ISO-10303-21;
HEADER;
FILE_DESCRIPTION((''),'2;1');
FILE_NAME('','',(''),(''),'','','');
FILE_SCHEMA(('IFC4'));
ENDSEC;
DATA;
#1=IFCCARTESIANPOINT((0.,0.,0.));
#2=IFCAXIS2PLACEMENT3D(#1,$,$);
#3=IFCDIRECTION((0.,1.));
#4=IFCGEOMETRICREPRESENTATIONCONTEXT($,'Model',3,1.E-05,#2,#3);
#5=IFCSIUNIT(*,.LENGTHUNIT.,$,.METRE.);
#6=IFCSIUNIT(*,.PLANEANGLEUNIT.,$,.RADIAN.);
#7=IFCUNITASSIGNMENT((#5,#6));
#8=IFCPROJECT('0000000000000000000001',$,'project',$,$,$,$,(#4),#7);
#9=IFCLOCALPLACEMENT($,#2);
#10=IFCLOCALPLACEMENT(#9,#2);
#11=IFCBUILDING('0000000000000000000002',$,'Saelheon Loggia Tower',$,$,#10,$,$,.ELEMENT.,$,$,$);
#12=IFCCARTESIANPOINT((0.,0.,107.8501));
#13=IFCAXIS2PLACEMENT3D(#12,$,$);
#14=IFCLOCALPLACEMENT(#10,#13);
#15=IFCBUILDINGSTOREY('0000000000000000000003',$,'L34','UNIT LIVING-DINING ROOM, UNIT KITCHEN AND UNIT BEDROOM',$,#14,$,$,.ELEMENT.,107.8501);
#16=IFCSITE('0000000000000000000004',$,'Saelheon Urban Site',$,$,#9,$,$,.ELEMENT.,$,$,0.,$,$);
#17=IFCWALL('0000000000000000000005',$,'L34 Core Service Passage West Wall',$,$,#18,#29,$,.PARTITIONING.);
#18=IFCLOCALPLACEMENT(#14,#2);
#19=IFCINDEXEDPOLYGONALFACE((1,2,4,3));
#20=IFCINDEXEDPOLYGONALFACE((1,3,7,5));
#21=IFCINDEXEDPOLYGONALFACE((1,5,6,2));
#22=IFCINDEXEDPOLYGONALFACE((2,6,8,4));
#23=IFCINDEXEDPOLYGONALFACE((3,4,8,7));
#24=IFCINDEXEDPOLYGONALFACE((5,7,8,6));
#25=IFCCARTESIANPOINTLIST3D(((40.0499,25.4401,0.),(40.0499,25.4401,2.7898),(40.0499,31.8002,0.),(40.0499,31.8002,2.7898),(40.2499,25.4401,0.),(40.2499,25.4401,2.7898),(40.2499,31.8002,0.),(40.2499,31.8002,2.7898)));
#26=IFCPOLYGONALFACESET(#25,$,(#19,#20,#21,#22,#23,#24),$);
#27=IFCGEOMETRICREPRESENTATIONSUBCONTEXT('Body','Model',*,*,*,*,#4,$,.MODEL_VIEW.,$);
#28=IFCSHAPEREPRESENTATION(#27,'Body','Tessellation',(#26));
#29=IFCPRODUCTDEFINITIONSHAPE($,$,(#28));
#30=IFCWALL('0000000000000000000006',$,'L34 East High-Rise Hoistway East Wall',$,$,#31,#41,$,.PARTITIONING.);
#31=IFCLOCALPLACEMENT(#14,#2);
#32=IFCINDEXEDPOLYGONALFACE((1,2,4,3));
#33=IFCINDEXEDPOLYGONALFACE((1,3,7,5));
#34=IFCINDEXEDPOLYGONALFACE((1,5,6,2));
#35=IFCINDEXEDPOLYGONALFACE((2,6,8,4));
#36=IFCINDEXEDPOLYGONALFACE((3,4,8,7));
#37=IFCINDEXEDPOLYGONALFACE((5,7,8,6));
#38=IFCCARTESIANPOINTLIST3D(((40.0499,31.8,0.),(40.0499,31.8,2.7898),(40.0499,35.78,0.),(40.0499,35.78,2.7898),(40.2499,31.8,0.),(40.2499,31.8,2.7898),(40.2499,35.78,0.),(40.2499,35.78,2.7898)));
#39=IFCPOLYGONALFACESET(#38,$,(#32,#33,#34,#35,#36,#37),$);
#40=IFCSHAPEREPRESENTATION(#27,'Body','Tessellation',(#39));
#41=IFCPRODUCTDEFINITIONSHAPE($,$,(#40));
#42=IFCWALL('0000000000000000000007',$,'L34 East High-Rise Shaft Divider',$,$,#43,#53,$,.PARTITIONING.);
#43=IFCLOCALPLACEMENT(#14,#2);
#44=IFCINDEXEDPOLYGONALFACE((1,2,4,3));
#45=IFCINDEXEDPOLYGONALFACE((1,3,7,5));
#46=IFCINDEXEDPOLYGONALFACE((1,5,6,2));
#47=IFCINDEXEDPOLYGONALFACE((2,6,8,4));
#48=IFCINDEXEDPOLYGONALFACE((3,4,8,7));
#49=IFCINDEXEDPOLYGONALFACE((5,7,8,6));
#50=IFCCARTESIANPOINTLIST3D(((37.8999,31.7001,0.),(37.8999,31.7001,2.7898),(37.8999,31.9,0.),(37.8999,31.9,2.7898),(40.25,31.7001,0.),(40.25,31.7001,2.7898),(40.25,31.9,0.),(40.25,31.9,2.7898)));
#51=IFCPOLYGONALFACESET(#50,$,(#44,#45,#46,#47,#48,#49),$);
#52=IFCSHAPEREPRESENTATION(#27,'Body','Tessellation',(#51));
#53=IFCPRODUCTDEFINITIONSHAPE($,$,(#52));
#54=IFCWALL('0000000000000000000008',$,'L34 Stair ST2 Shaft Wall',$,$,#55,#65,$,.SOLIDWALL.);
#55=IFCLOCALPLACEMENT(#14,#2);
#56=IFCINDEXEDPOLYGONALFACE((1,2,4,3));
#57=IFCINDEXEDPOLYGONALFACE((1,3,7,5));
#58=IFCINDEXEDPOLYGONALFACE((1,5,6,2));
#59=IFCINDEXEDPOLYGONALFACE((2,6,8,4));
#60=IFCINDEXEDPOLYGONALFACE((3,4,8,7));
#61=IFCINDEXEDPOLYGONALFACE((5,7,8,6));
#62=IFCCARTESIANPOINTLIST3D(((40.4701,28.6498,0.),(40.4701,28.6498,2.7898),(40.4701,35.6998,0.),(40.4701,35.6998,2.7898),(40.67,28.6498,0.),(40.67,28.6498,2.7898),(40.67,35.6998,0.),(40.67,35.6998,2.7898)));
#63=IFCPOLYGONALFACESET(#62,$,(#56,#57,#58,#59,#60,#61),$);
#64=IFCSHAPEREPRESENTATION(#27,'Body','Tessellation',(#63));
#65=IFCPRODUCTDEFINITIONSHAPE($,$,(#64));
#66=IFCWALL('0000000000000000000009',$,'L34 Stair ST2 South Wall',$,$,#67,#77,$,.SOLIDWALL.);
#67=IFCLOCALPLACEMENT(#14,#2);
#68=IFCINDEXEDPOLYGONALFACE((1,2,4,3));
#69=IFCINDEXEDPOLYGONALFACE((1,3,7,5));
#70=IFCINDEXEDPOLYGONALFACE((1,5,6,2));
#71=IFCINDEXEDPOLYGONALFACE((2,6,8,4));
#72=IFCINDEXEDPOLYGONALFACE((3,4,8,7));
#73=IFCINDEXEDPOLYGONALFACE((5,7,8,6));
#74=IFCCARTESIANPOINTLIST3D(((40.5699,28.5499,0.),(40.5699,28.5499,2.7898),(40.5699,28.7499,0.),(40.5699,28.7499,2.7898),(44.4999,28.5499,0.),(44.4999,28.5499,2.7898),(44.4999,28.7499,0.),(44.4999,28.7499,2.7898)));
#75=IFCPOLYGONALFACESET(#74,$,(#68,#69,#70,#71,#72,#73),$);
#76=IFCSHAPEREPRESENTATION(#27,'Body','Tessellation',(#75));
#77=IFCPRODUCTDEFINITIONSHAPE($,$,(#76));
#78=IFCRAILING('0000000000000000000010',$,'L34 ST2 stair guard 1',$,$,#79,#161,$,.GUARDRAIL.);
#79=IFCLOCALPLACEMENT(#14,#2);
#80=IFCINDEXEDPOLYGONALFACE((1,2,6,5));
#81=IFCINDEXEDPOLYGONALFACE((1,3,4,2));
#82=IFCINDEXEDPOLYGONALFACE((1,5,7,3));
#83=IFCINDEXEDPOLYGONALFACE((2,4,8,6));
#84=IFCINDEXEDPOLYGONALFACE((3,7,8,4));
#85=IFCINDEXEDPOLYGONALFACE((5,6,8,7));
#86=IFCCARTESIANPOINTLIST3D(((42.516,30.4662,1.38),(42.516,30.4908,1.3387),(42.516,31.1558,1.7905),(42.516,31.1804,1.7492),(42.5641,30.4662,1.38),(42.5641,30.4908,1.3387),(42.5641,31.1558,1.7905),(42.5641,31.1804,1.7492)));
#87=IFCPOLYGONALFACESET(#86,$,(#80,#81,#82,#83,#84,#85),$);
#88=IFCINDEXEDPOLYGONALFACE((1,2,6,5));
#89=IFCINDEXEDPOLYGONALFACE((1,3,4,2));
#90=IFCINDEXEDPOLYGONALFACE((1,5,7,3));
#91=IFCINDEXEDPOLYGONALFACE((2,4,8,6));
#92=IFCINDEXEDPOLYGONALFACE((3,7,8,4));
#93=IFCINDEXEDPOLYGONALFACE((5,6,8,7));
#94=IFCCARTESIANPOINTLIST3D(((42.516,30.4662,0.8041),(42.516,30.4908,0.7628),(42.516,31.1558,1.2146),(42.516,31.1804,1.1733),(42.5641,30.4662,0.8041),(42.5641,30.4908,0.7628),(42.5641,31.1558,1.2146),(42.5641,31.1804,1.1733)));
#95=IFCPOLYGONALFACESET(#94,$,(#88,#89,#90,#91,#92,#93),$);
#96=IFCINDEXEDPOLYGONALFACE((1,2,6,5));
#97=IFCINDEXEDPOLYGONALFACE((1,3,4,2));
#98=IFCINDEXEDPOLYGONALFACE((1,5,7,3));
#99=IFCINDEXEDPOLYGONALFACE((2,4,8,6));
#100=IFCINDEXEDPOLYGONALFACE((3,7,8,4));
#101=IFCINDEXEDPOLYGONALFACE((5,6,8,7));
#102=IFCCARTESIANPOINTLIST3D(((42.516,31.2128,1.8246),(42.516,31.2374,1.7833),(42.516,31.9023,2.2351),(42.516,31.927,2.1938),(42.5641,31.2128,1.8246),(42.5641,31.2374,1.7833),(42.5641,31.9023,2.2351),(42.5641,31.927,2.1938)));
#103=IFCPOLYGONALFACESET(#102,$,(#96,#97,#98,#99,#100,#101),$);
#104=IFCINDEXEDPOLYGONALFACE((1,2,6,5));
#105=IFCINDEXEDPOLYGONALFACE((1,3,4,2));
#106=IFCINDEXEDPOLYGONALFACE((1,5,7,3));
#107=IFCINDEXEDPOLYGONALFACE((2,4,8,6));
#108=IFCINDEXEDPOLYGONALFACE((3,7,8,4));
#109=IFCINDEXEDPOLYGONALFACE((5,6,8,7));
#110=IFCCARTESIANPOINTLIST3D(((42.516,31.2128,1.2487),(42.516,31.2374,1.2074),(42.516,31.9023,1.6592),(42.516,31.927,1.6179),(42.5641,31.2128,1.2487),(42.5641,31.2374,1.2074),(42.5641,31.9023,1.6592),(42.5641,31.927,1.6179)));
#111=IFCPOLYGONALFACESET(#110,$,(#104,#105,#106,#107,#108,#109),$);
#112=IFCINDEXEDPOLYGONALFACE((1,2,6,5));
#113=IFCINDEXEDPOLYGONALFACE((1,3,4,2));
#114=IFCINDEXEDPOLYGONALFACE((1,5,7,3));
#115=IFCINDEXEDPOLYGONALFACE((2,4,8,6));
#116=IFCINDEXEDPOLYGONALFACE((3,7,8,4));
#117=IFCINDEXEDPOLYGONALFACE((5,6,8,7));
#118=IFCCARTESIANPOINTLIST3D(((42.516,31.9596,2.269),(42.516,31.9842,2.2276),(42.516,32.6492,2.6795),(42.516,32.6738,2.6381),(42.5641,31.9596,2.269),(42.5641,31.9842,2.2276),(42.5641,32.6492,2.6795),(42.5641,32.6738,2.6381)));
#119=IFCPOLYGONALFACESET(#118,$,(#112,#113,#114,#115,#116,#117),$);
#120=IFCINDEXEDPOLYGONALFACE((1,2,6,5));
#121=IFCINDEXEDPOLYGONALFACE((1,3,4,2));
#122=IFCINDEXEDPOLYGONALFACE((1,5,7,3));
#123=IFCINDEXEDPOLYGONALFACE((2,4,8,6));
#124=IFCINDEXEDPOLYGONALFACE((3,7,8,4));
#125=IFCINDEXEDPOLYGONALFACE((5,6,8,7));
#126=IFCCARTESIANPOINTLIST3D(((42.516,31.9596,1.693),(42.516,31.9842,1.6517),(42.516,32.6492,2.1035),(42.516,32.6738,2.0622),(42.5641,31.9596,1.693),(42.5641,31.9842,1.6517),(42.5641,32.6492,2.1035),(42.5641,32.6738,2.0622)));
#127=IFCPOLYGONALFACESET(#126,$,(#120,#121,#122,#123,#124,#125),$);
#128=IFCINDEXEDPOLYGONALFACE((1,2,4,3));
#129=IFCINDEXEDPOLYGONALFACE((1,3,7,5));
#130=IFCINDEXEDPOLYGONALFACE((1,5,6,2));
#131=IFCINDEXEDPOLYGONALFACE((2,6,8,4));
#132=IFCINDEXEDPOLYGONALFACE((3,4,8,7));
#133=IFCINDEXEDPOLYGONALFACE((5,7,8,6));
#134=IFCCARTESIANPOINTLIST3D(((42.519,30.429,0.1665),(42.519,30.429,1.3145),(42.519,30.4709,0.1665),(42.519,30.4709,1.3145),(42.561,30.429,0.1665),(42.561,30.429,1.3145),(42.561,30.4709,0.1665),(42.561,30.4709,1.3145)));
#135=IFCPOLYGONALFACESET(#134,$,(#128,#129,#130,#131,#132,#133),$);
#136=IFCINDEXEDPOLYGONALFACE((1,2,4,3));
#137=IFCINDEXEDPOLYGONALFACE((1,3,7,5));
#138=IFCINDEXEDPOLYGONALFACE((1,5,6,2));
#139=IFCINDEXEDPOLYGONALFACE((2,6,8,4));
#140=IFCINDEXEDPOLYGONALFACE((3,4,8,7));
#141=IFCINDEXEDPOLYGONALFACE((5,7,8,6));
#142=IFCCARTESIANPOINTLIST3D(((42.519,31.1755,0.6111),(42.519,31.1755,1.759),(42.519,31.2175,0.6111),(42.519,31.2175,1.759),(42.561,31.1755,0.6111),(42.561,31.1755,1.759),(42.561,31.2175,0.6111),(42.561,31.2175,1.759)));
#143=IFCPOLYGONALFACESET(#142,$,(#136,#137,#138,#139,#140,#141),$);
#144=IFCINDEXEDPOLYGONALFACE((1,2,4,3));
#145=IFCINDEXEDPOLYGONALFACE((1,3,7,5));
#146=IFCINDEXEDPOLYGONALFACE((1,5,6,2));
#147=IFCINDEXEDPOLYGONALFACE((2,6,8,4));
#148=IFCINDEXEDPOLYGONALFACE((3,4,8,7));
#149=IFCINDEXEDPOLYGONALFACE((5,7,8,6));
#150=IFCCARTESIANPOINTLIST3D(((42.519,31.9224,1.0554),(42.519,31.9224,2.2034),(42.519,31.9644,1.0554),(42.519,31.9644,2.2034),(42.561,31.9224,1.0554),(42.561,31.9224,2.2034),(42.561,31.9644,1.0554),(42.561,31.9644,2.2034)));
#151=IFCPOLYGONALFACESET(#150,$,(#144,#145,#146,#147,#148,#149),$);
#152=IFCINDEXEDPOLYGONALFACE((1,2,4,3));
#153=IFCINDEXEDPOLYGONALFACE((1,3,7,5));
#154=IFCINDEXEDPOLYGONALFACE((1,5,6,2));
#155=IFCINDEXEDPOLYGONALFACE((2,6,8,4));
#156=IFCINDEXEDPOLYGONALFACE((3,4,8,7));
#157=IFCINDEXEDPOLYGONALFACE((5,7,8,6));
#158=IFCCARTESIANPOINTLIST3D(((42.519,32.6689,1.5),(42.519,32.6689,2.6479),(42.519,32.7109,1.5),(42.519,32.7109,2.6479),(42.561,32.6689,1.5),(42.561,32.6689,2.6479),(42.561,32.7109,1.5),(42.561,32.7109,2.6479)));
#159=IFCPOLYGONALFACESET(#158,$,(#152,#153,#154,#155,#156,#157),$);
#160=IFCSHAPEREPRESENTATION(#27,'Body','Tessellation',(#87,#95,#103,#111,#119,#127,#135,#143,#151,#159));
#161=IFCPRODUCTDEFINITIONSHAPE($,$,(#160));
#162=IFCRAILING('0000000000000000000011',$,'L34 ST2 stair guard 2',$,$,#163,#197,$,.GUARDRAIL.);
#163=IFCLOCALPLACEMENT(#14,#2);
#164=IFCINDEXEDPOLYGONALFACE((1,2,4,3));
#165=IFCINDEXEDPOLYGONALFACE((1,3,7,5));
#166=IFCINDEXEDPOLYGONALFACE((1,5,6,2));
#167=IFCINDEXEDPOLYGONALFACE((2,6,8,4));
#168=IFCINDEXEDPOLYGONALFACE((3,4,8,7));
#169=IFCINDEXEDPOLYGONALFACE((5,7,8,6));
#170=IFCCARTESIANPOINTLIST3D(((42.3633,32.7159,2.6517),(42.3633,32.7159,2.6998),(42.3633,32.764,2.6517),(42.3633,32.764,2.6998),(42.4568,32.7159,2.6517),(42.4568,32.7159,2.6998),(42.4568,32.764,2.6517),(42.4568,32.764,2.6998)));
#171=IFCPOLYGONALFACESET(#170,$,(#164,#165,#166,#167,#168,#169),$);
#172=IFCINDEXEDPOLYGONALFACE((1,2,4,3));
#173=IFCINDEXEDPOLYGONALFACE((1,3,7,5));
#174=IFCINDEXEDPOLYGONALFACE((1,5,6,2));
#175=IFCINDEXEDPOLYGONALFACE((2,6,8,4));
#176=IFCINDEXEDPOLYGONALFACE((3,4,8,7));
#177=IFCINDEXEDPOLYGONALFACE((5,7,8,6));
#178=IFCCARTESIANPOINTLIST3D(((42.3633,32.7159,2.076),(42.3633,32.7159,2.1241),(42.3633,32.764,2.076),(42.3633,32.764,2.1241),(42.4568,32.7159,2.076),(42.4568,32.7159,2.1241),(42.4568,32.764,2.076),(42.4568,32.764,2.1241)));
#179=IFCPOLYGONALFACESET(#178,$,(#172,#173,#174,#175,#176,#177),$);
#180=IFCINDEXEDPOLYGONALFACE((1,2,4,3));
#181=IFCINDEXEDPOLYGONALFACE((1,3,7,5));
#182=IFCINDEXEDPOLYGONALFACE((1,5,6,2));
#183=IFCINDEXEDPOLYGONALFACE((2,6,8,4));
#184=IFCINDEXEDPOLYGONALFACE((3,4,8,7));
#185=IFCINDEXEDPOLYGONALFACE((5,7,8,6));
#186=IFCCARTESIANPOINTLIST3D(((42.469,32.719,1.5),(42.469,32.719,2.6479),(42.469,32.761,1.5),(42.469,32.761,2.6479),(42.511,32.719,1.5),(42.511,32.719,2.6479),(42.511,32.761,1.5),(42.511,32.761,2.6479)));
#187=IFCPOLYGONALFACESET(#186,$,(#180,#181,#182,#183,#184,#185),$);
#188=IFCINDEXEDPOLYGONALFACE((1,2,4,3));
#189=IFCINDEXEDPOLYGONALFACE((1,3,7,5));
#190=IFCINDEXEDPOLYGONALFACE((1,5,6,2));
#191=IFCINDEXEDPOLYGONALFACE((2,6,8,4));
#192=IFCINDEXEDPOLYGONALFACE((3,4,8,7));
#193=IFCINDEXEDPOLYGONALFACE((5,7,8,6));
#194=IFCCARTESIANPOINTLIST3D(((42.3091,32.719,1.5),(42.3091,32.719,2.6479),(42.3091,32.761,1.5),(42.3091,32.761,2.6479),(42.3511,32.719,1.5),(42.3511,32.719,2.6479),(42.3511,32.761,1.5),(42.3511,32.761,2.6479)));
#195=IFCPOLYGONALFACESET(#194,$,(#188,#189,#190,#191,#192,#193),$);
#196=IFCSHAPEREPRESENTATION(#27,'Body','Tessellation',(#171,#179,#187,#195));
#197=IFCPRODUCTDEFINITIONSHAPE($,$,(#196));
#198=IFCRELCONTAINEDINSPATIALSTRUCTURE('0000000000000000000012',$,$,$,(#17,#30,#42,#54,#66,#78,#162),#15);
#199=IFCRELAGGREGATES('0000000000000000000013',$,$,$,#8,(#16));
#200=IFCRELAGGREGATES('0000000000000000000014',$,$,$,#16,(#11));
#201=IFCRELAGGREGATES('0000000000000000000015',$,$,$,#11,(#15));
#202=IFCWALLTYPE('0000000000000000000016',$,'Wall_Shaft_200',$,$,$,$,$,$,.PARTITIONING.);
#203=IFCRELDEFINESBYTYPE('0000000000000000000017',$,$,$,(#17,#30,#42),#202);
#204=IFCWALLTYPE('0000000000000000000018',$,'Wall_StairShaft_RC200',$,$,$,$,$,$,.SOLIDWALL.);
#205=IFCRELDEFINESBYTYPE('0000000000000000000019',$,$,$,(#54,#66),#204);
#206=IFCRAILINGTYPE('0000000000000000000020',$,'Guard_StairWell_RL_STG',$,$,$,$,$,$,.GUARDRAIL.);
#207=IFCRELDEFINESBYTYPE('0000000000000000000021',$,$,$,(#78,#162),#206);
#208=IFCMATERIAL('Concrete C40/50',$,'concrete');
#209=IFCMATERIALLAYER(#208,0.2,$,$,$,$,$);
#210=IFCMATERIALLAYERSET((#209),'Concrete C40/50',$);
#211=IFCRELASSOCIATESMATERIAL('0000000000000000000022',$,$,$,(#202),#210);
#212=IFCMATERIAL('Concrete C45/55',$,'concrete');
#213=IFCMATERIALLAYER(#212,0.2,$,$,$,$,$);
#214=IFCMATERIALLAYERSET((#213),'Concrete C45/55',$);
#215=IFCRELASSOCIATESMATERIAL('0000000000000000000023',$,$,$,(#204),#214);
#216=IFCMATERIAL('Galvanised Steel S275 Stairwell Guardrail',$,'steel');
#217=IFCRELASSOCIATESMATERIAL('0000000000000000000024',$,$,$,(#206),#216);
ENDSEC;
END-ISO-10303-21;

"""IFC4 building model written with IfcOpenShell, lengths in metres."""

from ifc_helpers import new_model, si_unit, direction, frame, frame_2d, origin, origin_2d, place, context, subcontext, project, spatial, rectangle, extrude, material, layer, layer_set, type_object, element, save


model = new_model("IFC4")

# Units and contexts
model_context = context("Model", 3, precision=1e-05, world=origin(), true_north=direction((0.0, 1.0)))
body_context = subcontext(model_context, "Body", "Model", "MODEL_VIEW")
ifc_project = project(units=[si_unit("LENGTHUNIT", "METRE"), si_unit("PLANEANGLEUNIT", "RADIAN")], contexts=[model_context])

# Site, building, storey
site_placement = place(None, origin())
site = spatial("IfcSite", under=ifc_project, at=site_placement, Name="Saelheon Urban Site", CompositionType="ELEMENT", RefElevation=0.0)
building_placement = place(site_placement, origin())
building = spatial("IfcBuilding", under=site, at=building_placement, Name="Saelheon Loggia Tower", CompositionType="ELEMENT")
storey_placement = place(building_placement, frame((0.0, 0.0, 107.8501)))
storey = spatial("IfcBuildingStorey", under=building, at=storey_placement, Name="L34", Description="UNIT LIVING-DINING ROOM, UNIT KITCHEN AND UNIT BEDROOM", CompositionType="ELEMENT", Elevation=107.8501)

# Walls
ifc_material_1 = material(Name="Concrete C40/50", Category="concrete")
ifc_layer_1 = layer(ifc_material_1, 0.2)
ifc_layer_set_1 = layer_set([ifc_layer_1], Name="Concrete C40/50")
wall_type_1 = type_object("IfcWallType", Name="Wall_Shaft_200", PredefinedType="PARTITIONING", material=ifc_layer_set_1)
wall_1_placement = place(storey_placement, frame((40.1499, 25.4399, 0.0), z_axis=(0.0, 0.0, 1.0), x_axis=(0.0, 1.0, 0.0)))
element("IfcWall", 1, at=wall_1_placement, inside=storey, type_object=wall_type_1, Name="L34 Core Service Passage West Wall", PredefinedType="PARTITIONING", context=body_context, shape_type="SweptSolid", body=[
    extrude(rectangle(XDim=6.3601, YDim=0.2, at=frame_2d((3.1802, 0.0))), origin(), (0.0, 0.0, 1.0), 2.7898),
])
wall_2_placement = place(storey_placement, frame((40.1499, 31.8, 0.0), z_axis=(0.0, 0.0, 1.0), x_axis=(0.0, 1.0, 0.0)))
element("IfcWall", 2, at=wall_2_placement, inside=storey, type_object=wall_type_1, Name="L34 East High-Rise Hoistway East Wall", PredefinedType="PARTITIONING", context=body_context, shape_type="SweptSolid", body=[
    extrude(rectangle(XDim=3.98, YDim=0.2, at=frame_2d((1.99, 0.0))), origin(), (0.0, 0.0, 1.0), 2.7898),
])

# Walls
wall_3_placement = place(storey_placement, frame((37.8999, 31.8, 0.0), z_axis=(0.0, 0.0, 1.0), x_axis=(1.0, 0.0, 0.0)))
element("IfcWall", 3, at=wall_3_placement, inside=storey, type_object=wall_type_1, Name="L34 East High-Rise Shaft Divider", PredefinedType="PARTITIONING", context=body_context, shape_type="SweptSolid", body=[
    extrude(rectangle(XDim=2.3501, YDim=0.2, at=frame_2d((1.175, 0.0))), origin(), (0.0, 0.0, 1.0), 2.7898),
])
ifc_material_2 = material(Name="Concrete C45/55", Category="concrete")
ifc_layer_2 = layer(ifc_material_2, 0.2)
ifc_layer_set_2 = layer_set([ifc_layer_2], Name="Concrete C45/55")
wall_type_2 = type_object("IfcWallType", Name="Wall_StairShaft_RC200", PredefinedType="SOLIDWALL", material=ifc_layer_set_2)
wall_4_placement = place(storey_placement, frame((40.5701, 28.6499, 0.0), z_axis=(0.0, 0.0, 1.0), x_axis=(0.0, 1.0, 0.0)))
element("IfcWall", 4, at=wall_4_placement, inside=storey, type_object=wall_type_2, Name="L34 Stair ST2 Shaft Wall", PredefinedType="SOLIDWALL", context=body_context, shape_type="SweptSolid", body=[
    extrude(rectangle(XDim=7.05, YDim=0.2, at=frame_2d((3.5249, 0.0))), origin(), (0.0, 0.0, 1.0), 2.7898),
])
wall_5_placement = place(storey_placement, frame((40.5701, 28.6499, 0.0), z_axis=(0.0, 0.0, 1.0), x_axis=(1.0, 0.0, 0.0)))
element("IfcWall", 5, at=wall_5_placement, inside=storey, type_object=wall_type_2, Name="L34 Stair ST2 South Wall", PredefinedType="SOLIDWALL", context=body_context, shape_type="SweptSolid", body=[
    extrude(rectangle(XDim=3.9299, YDim=0.2, at=frame_2d((1.9648, 0.0))), origin(), (0.0, 0.0, 1.0), 2.7898),
])

# Railings
ifc_material_3 = material(Name="Galvanised Steel S275 Stairwell Guardrail", Category="steel")
railing_type_1 = type_object("IfcRailingType", Name="Guard_StairWell_RL_STG", PredefinedType="GUARDRAIL", material=ifc_material_3)
railing_1_placement = place(storey_placement, frame((42.54, 30.45, 0.1665)))
element("IfcRailing", 6, at=railing_1_placement, inside=storey, type_object=railing_type_1, Name="L34 ST2 stair guard 1", PredefinedType="GUARDRAIL", context=body_context, shape_type="SweptSolid", body=[
    extrude(rectangle(XDim=0.0481, YDim=0.0481, at=origin_2d()), frame((0.0, 0.0286, 1.1929), z_axis=(0.0, 0.859264, 0.511532), x_axis=(-1.0, 0.0, 0.0)), (0.0, 0.0, 1.0), 0.8025),
    extrude(rectangle(XDim=0.0481, YDim=0.0481, at=origin_2d()), frame((0.0, 0.0286, 0.6169), z_axis=(0.0, 0.859264, 0.511532), x_axis=(-1.0, 0.0, 0.0)), (0.0, 0.0, 1.0), 0.8025),
    extrude(rectangle(XDim=0.0481, YDim=0.0481, at=origin_2d()), frame((0.0, 0.7751, 1.6375), z_axis=(0.0, 0.859264, 0.511532), x_axis=(-1.0, 0.0, 0.0)), (0.0, 0.0, 1.0), 0.8025),
    extrude(rectangle(XDim=0.0481, YDim=0.0481, at=origin_2d()), frame((0.0, 0.7751, 1.0615), z_axis=(0.0, 0.859264, 0.511532), x_axis=(-1.0, 0.0, 0.0)), (0.0, 0.0, 1.0), 0.8025),
    extrude(rectangle(XDim=0.0481, YDim=0.0481, at=origin_2d()), frame((0.0, 1.522, 2.0818), z_axis=(0.0, 0.859264, 0.511532), x_axis=(-1.0, 0.0, 0.0)), (0.0, 0.0, 1.0), 0.8025),
    extrude(rectangle(XDim=0.0481, YDim=0.0481, at=origin_2d()), frame((0.0, 1.522, 1.5059), z_axis=(0.0, 0.859264, 0.511532), x_axis=(-1.0, 0.0, 0.0)), (0.0, 0.0, 1.0), 0.8025),
    extrude(rectangle(XDim=0.042, YDim=0.042, at=origin_2d()), origin(), (0.0, 0.0, 1.0), 1.1479),
    extrude(rectangle(XDim=0.042, YDim=0.042, at=origin_2d()), frame((0.0, 0.7466, 0.4446)), (0.0, 0.0, 1.0), 1.1479),
    extrude(rectangle(XDim=0.042, YDim=0.042, at=origin_2d()), frame((0.0, 1.4934, 0.8889)), (0.0, 0.0, 1.0), 1.1479),
    extrude(rectangle(XDim=0.042, YDim=0.042, at=origin_2d()), frame((0.0, 2.24, 1.3335)), (0.0, 0.0, 1.0), 1.1479),
])
railing_2_placement = place(storey_placement, frame((42.49, 32.74, 1.5)))
element("IfcRailing", 7, at=railing_2_placement, inside=storey, type_object=railing_type_1, Name="L34 ST2 stair guard 2", PredefinedType="GUARDRAIL", context=body_context, shape_type="SweptSolid", body=[
    extrude(rectangle(XDim=0.0481, YDim=0.0481, at=origin_2d()), frame((-0.0332, 0.0, 1.1758), z_axis=(-1.0, 0.0, 0.0), x_axis=(0.0, -1.0, 0.0)), (0.0, 0.0, 1.0), 0.0935),
    extrude(rectangle(XDim=0.0481, YDim=0.0481, at=origin_2d()), frame((-0.0332, 0.0, 0.6001), z_axis=(-1.0, 0.0, 0.0), x_axis=(0.0, -1.0, 0.0)), (0.0, 0.0, 1.0), 0.0935),
    extrude(rectangle(XDim=0.042, YDim=0.042, at=origin_2d()), origin(), (0.0, 0.0, 1.0), 1.1479),
    extrude(rectangle(XDim=0.042, YDim=0.042, at=origin_2d()), frame((-0.1599, 0.0, 0.0)), (0.0, 0.0, 1.0), 1.1479),
])

save(model, "model.ifc")
